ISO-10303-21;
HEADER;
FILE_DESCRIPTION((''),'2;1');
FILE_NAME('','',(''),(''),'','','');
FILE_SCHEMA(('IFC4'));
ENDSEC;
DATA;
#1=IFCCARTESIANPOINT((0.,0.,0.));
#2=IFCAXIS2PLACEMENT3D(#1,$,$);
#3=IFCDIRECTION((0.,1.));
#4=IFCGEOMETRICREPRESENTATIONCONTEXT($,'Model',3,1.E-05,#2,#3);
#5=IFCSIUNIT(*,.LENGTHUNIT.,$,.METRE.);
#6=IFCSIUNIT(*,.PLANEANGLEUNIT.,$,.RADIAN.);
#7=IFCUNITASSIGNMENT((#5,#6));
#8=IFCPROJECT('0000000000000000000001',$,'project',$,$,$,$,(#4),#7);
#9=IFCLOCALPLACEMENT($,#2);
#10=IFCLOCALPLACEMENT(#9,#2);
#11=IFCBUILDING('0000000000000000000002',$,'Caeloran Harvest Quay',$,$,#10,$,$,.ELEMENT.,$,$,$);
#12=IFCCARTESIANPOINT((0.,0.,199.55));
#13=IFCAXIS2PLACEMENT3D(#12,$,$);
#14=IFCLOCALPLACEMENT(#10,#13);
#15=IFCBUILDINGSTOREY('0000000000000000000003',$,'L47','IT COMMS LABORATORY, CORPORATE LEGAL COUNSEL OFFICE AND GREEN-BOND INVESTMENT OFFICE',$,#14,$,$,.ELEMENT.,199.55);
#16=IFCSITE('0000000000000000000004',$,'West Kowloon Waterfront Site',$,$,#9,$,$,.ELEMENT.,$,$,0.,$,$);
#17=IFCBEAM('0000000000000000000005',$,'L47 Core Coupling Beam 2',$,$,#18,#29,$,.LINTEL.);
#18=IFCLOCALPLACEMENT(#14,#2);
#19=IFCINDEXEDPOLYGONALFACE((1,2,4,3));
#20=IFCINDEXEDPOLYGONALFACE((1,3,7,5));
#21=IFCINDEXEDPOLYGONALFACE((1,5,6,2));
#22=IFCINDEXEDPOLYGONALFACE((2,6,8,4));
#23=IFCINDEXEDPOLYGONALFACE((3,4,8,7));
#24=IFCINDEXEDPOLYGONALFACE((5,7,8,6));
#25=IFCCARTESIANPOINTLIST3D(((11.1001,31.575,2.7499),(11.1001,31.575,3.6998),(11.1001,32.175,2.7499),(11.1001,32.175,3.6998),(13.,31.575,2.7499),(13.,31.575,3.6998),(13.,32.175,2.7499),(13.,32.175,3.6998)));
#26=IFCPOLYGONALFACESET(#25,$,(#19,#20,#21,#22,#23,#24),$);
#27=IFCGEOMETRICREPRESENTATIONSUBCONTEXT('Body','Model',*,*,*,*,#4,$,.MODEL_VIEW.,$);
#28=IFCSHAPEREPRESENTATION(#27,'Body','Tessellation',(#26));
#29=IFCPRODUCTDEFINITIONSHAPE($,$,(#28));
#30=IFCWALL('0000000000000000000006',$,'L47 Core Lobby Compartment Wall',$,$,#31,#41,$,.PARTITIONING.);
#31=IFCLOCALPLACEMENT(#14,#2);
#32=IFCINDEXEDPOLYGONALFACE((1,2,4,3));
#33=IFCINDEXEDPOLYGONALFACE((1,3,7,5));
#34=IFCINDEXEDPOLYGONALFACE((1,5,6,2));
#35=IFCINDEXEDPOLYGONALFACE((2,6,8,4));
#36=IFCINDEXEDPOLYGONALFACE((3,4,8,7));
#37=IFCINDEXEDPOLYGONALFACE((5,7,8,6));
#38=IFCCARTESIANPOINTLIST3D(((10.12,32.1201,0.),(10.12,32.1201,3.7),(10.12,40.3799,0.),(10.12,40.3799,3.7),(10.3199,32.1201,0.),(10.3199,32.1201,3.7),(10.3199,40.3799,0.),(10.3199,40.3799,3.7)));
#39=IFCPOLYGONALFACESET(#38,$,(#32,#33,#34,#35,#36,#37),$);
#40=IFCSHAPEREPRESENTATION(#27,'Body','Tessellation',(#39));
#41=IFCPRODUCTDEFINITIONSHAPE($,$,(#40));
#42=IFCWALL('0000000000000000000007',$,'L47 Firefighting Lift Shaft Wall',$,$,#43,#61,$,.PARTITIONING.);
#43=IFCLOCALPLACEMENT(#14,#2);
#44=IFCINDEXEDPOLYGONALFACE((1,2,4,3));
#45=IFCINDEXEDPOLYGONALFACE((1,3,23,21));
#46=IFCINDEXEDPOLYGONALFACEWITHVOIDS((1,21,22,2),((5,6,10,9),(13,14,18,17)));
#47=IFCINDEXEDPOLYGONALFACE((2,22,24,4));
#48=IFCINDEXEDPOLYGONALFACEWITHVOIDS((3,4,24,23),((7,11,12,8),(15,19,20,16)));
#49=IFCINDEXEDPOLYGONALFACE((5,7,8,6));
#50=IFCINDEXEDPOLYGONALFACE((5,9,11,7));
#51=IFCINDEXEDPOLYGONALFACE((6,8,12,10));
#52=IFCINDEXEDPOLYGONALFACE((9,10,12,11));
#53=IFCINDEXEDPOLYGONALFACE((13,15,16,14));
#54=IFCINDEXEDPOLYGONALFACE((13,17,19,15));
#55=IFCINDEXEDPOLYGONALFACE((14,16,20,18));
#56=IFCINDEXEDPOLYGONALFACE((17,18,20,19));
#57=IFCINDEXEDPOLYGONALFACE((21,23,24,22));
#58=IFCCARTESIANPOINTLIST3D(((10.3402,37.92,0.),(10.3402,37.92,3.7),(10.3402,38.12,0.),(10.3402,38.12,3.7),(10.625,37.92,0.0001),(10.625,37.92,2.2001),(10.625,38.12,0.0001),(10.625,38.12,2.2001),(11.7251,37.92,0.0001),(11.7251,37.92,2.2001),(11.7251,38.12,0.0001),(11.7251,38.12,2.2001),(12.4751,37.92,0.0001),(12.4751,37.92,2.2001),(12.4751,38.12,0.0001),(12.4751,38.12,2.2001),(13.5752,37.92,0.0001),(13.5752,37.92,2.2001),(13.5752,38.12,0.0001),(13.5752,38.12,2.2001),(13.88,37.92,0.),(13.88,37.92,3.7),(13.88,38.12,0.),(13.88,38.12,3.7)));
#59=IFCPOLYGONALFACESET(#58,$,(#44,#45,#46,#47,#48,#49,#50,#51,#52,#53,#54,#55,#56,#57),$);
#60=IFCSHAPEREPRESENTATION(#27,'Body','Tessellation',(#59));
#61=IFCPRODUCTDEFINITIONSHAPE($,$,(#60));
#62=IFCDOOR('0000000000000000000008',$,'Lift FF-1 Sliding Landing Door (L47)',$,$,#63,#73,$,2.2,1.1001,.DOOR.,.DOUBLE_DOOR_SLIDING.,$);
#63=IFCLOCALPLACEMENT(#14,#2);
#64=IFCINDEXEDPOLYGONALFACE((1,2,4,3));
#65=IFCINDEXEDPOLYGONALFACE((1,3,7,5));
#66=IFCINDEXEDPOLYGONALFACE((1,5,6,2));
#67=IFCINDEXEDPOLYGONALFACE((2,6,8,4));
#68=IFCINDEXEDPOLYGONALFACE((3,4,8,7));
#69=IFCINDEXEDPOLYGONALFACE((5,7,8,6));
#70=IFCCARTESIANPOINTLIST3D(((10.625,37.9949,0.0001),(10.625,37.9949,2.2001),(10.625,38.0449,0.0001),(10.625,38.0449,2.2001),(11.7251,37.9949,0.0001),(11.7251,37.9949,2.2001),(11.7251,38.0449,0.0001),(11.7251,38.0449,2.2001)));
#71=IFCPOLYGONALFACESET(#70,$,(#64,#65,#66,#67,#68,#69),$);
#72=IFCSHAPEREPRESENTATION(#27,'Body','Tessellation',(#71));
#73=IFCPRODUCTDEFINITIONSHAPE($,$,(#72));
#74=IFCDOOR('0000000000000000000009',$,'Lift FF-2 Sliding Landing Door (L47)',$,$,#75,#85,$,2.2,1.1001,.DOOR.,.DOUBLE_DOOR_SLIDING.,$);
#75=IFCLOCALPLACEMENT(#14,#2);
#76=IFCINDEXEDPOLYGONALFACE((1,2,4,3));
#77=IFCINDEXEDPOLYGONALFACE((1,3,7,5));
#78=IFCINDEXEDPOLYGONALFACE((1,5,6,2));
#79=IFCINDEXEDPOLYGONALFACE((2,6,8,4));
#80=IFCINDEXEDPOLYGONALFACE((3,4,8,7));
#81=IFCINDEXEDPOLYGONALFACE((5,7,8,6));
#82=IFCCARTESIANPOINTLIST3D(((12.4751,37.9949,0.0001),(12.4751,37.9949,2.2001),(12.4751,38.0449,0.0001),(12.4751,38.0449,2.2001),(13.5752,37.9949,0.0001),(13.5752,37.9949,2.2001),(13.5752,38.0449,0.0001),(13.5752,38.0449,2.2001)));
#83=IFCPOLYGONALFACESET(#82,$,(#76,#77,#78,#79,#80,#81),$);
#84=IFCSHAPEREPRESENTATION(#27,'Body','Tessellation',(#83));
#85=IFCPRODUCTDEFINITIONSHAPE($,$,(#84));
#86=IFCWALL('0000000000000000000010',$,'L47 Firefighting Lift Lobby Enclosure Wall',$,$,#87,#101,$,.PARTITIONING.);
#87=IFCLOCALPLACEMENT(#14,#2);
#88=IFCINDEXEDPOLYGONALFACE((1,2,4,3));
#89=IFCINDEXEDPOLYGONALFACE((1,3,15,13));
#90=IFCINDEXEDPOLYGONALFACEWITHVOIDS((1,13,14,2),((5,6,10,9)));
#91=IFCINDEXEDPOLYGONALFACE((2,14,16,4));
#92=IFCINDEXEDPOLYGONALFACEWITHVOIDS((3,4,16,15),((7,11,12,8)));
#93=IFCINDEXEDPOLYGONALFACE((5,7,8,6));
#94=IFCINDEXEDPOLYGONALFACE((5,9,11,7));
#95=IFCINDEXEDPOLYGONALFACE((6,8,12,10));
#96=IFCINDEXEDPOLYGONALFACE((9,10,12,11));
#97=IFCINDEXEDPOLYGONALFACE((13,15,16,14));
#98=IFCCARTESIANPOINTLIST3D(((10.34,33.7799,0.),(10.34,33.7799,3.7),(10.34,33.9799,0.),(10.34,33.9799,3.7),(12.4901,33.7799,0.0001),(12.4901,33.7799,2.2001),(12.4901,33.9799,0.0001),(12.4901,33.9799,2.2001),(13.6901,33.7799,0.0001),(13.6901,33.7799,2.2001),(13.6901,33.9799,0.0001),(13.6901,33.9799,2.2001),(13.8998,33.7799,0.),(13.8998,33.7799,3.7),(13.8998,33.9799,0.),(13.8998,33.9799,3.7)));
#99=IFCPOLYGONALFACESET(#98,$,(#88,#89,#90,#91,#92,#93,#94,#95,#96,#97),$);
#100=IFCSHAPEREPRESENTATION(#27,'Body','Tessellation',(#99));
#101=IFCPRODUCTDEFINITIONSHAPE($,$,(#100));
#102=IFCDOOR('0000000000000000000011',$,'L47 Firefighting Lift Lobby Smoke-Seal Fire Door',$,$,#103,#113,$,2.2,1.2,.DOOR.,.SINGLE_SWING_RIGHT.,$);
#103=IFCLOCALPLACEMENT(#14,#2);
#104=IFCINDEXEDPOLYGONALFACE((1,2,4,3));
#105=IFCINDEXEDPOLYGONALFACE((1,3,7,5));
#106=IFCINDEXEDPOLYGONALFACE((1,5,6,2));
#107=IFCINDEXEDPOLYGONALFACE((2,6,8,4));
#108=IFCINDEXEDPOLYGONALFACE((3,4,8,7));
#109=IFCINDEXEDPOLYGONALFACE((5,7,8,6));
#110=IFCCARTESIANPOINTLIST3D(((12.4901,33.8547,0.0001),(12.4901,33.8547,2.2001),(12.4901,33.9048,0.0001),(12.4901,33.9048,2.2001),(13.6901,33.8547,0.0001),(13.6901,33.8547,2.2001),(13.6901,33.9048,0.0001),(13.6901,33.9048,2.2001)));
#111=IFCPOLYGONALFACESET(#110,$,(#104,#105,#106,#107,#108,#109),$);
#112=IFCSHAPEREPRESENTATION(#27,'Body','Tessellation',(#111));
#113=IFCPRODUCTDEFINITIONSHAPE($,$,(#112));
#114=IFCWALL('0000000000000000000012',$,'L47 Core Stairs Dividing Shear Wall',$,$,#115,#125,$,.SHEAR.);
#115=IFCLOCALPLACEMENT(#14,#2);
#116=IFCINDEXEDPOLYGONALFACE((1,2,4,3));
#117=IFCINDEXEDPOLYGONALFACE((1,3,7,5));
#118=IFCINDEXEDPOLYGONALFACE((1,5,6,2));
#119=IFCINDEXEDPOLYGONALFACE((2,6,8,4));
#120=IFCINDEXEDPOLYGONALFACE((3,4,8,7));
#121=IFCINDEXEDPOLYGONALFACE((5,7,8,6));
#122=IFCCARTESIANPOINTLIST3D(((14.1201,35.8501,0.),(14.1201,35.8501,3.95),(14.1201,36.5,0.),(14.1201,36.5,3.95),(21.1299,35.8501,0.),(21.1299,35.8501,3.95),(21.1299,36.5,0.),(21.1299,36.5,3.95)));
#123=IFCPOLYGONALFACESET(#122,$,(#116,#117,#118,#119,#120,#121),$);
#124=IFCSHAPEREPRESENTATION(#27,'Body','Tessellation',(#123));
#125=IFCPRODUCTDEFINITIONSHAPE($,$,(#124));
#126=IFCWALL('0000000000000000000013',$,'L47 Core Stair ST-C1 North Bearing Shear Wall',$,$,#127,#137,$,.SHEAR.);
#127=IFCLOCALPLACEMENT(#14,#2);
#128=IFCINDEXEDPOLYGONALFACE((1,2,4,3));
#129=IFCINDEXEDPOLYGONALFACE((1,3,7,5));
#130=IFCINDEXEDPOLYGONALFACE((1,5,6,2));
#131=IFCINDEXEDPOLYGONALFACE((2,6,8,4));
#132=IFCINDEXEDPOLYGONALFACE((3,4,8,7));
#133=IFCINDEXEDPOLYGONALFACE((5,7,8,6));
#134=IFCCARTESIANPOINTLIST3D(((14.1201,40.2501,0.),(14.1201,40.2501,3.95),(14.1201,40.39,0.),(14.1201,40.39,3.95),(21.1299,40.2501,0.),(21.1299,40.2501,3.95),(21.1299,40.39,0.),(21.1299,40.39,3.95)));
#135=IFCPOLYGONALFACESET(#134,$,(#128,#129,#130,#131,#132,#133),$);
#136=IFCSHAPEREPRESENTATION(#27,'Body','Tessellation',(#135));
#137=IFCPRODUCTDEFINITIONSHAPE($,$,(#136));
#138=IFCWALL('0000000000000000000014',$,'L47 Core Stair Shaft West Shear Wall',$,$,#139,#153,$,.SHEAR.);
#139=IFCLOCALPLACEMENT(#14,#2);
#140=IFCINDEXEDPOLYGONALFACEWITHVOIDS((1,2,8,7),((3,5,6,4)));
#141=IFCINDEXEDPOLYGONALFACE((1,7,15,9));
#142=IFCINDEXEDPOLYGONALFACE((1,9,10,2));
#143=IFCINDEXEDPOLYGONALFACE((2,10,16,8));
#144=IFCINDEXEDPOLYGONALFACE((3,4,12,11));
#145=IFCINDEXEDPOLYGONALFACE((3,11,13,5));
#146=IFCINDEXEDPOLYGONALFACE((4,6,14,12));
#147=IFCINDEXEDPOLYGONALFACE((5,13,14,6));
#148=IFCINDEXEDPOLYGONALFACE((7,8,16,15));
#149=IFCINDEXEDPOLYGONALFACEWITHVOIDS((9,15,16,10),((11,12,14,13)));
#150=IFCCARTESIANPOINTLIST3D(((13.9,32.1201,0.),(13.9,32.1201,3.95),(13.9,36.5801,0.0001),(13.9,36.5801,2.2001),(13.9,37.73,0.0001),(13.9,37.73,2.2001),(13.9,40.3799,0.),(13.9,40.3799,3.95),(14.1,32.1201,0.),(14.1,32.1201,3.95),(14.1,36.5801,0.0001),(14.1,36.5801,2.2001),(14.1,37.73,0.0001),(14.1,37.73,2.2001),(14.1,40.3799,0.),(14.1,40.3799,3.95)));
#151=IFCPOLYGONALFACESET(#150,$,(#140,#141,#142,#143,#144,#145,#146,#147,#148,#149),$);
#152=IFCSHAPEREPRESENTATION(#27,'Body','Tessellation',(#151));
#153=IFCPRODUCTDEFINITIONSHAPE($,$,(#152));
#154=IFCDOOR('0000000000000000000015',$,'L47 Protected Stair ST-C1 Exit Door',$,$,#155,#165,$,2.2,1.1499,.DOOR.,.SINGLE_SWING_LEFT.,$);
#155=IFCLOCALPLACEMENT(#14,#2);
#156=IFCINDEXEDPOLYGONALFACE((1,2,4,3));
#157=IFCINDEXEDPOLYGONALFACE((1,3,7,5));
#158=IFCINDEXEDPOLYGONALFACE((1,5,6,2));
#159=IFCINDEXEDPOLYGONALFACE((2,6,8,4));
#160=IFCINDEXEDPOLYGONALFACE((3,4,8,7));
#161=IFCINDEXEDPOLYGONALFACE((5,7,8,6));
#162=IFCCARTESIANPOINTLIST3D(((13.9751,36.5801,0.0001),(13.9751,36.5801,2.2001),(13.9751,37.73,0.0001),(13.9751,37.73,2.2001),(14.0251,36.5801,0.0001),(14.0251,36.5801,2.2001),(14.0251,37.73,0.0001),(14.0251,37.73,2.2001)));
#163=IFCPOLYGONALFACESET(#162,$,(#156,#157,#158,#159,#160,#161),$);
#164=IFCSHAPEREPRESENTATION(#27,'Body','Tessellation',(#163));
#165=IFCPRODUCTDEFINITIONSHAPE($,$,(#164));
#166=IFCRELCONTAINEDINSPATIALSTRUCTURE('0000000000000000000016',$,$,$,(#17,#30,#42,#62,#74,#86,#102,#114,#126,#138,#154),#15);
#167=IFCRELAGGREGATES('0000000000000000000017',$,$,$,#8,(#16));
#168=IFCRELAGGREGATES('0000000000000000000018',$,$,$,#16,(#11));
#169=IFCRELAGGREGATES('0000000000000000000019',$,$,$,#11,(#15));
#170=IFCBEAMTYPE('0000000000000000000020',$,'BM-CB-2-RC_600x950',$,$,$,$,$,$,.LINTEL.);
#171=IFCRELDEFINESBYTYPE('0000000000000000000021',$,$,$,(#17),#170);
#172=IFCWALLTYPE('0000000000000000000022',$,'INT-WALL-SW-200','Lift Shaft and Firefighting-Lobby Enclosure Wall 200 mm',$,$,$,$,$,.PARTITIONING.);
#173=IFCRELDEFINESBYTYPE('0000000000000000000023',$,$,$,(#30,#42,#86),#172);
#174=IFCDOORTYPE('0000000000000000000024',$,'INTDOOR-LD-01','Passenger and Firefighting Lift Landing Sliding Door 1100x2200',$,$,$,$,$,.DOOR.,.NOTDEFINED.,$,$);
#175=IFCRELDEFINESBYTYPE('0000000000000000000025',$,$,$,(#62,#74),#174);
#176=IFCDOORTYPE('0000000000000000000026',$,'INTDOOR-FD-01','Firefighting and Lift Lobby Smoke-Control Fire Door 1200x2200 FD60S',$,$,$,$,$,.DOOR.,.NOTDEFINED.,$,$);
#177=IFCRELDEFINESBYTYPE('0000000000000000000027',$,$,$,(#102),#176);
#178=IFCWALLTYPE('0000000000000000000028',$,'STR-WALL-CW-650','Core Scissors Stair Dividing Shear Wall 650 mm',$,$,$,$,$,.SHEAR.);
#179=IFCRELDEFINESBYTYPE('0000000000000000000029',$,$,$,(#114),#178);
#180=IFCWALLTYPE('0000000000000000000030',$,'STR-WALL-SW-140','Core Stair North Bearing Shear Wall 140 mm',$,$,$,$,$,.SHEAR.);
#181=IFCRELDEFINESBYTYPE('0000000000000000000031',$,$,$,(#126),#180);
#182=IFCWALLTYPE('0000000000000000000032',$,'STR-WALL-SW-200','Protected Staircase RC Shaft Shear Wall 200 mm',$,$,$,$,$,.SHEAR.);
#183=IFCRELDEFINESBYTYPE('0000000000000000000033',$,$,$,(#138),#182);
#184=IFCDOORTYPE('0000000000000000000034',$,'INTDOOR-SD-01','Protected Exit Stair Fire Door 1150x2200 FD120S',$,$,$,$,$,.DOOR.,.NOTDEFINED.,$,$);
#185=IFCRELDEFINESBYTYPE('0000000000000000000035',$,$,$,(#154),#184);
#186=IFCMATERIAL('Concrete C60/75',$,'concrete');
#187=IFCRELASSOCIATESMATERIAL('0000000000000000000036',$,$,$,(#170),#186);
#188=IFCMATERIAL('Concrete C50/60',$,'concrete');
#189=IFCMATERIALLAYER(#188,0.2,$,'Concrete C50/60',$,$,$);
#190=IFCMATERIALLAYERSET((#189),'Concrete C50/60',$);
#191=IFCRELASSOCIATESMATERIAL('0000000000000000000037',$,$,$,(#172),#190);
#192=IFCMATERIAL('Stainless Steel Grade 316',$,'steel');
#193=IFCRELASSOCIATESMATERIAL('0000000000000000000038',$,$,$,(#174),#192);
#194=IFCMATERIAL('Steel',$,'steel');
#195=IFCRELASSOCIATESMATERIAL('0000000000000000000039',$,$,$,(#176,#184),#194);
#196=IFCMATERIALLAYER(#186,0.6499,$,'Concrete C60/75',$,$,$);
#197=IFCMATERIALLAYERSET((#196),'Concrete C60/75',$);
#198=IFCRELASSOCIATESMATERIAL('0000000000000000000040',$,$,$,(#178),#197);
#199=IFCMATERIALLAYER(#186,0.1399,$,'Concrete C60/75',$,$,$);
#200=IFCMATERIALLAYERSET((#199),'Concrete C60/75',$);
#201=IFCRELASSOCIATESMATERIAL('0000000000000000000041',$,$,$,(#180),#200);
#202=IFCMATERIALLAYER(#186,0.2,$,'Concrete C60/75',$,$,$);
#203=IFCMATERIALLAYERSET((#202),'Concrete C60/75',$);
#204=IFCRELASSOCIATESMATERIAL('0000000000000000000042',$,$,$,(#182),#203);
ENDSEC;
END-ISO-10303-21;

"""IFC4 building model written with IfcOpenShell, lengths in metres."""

from ifc_helpers import new_model, si_unit, direction, frame, frame_2d, origin, origin_2d, place, context, subcontext, project, spatial, rectangle, extrude, material, layer, layer_set, material_profile, profile_set, type_object, element, fill, save


model = new_model("IFC4")

# Units and contexts
model_context = context("Model", 3, precision=1e-05, world=origin(), true_north=direction((0.0, 1.0)))
body_context = subcontext(model_context, "Body", "Model", "MODEL_VIEW")
ifc_project = project(units=[si_unit("LENGTHUNIT", "METRE"), si_unit("PLANEANGLEUNIT", "RADIAN")], contexts=[model_context])

# Site, building, storey
site_placement = place(None, origin())
site = spatial("IfcSite", under=ifc_project, at=site_placement, Name="West Kowloon Waterfront Site", CompositionType="ELEMENT", RefElevation=0.0)
building_placement = place(site_placement, origin())
building = spatial("IfcBuilding", under=site, at=building_placement, Name="Caeloran Harvest Quay", CompositionType="ELEMENT")
storey_placement = place(building_placement, frame((0.0, 0.0, 199.55)))
storey = spatial("IfcBuildingStorey", under=building, at=storey_placement, Name="L47", Description="IT COMMS LABORATORY, CORPORATE LEGAL COUNSEL OFFICE AND GREEN-BOND INVESTMENT OFFICE", CompositionType="ELEMENT", Elevation=199.55)

# Beam
ifc_material_1 = material(Name="Concrete C60/75", Category="concrete")
ifc_material_profile = material_profile(ifc_material_1, rectangle(XDim=0.6001, YDim=0.95, at=origin_2d()), Name="RC 600x950")
ifc_profile_set = profile_set([ifc_material_profile], Name="Concrete C60/75")
beam_type = type_object("IfcBeamType", Name="BM-CB-2-RC_600x950", PredefinedType="LINTEL", material=ifc_profile_set)
beam_placement = place(storey_placement, frame((11.1001, 31.875, 3.2249), z_axis=(1.0, 0.0, 0.0), x_axis=(0.0, 1.0, 0.0)))
element("IfcBeam", 1, at=beam_placement, inside=storey, type_object=beam_type, Name="L47 Core Coupling Beam 2", PredefinedType="LINTEL", context=body_context, shape_type="SweptSolid", body=[
    extrude(rectangle(XDim=0.6001, YDim=0.95, at=origin_2d()), origin(), (0.0, 0.0, 1.0), 1.8999),
])

# Wall
ifc_material_2 = material(Name="Concrete C50/60", Category="concrete")
ifc_layer_1 = layer(ifc_material_2, 0.2, Name="Concrete C50/60")
ifc_layer_set_1 = layer_set([ifc_layer_1], Name="Concrete C50/60")
wall_type_1 = type_object("IfcWallType", Name="INT-WALL-SW-200", Description="Lift Shaft and Firefighting-Lobby Enclosure Wall 200 mm", PredefinedType="PARTITIONING", material=ifc_layer_set_1)
wall_1_placement = place(storey_placement, frame((10.22, 32.1201, 0.0), z_axis=(0.0, 0.0, 1.0), x_axis=(0.0, 1.0, 0.0)))
element("IfcWall", 2, at=wall_1_placement, inside=storey, type_object=wall_type_1, Name="L47 Core Lobby Compartment Wall", PredefinedType="PARTITIONING", context=body_context, shape_type="SweptSolid", body=[
    extrude(rectangle(XDim=8.2598, YDim=0.2, at=frame_2d((4.1299, 0.0))), origin(), (0.0, 0.0, 1.0), 3.7),
])

# Wall, openings, doors
wall_2_placement = place(storey_placement, frame((10.3401, 38.02, 0.0), z_axis=(0.0, 0.0, 1.0), x_axis=(1.0, 0.0, 0.0)))
wall_2 = element("IfcWall", 3, at=wall_2_placement, inside=storey, type_object=wall_type_1, Name="L47 Firefighting Lift Shaft Wall", PredefinedType="PARTITIONING", context=body_context, shape_type="SweptSolid", body=[
    extrude(rectangle(XDim=3.5398, YDim=0.2, at=frame_2d((1.77, 0.0))), origin(), (0.0, 0.0, 1.0), 3.7),
])
opening_1_placement = place(wall_2_placement, frame((0.2849, 0.0, 0.0)))
opening_1 = element("IfcOpeningElement", 4, at=opening_1_placement, cuts=wall_2, PredefinedType="OPENING", context=body_context, shape_type="SweptSolid", body=[
    extrude(rectangle(XDim=1.1001, YDim=2.2, at=frame_2d((0.55, 1.1001))), frame((0.0, 0.1099, 0.0), z_axis=(0.0, -1.0, 0.0), x_axis=(1.0, 0.0, 0.0)), (0.0, 0.0, 1.0), 0.22),
])
opening_2_placement = place(wall_2_placement, frame((2.135, 0.0, 0.0)))
opening_2 = element("IfcOpeningElement", 5, at=opening_2_placement, cuts=wall_2, PredefinedType="OPENING", context=body_context, shape_type="SweptSolid", body=[
    extrude(rectangle(XDim=1.1001, YDim=2.2, at=frame_2d((0.55, 1.1001))), frame((0.0, 0.1099, 0.0), z_axis=(0.0, -1.0, 0.0), x_axis=(1.0, 0.0, 0.0)), (0.0, 0.0, 1.0), 0.22),
])
ifc_material_3 = material(Name="Stainless Steel Grade 316", Category="steel")
door_type_1 = type_object("IfcDoorType", Name="INTDOOR-LD-01", Description="Passenger and Firefighting Lift Landing Sliding Door 1100x2200", OperationType="NOTDEFINED", PredefinedType="DOOR", material=ifc_material_3)
door_1_placement = place(opening_1_placement, origin())
door_1 = element("IfcDoor", 6, at=door_1_placement, inside=storey, type_object=door_type_1, Name="Lift FF-1 Sliding Landing Door (L47)", OperationType="DOUBLE_DOOR_SLIDING", OverallHeight=2.2, OverallWidth=1.1001, PredefinedType="DOOR", context=body_context, shape_type="SweptSolid", body=[
    extrude(rectangle(XDim=1.1001, YDim=2.2, at=frame_2d((0.55, 1.1001))), frame((0.0, 0.0249, 0.0), z_axis=(0.0, -1.0, 0.0), x_axis=(1.0, 0.0, 0.0)), (0.0, 0.0, 1.0), 0.05),
])
fill(opening_1, door_1)
door_2_placement = place(opening_2_placement, origin())
door_2 = element("IfcDoor", 7, at=door_2_placement, inside=storey, type_object=door_type_1, Name="Lift FF-2 Sliding Landing Door (L47)", OperationType="DOUBLE_DOOR_SLIDING", OverallHeight=2.2, OverallWidth=1.1001, PredefinedType="DOOR", context=body_context, shape_type="SweptSolid", body=[
    extrude(rectangle(XDim=1.1001, YDim=2.2, at=frame_2d((0.55, 1.1001))), frame((0.0, 0.0249, 0.0), z_axis=(0.0, -1.0, 0.0), x_axis=(1.0, 0.0, 0.0)), (0.0, 0.0, 1.0), 0.05),
])
fill(opening_2, door_2)

# Wall, opening, door
wall_3_placement = place(storey_placement, frame((10.3401, 33.8799, 0.0), z_axis=(0.0, 0.0, 1.0), x_axis=(1.0, 0.0, 0.0)))
wall_3 = element("IfcWall", 8, at=wall_3_placement, inside=storey, type_object=wall_type_1, Name="L47 Firefighting Lift Lobby Enclosure Wall", PredefinedType="PARTITIONING", context=body_context, shape_type="SweptSolid", body=[
    extrude(rectangle(XDim=3.5598, YDim=0.2, at=frame_2d((1.7798, 0.0))), origin(), (0.0, 0.0, 1.0), 3.7),
])
opening_3_placement = place(wall_3_placement, frame((2.1499, 0.0, 0.0)))
opening_3 = element("IfcOpeningElement", 9, at=opening_3_placement, cuts=wall_3, PredefinedType="OPENING", context=body_context, shape_type="SweptSolid", body=[
    extrude(rectangle(XDim=1.2, YDim=2.2, at=frame_2d((0.6001, 1.1001))), frame((0.0, 0.1099, 0.0), z_axis=(0.0, -1.0, 0.0), x_axis=(1.0, 0.0, 0.0)), (0.0, 0.0, 1.0), 0.22),
])
ifc_material_4 = material(Name="Steel", Category="steel")
door_type_2 = type_object("IfcDoorType", Name="INTDOOR-FD-01", Description="Firefighting and Lift Lobby Smoke-Control Fire Door 1200x2200 FD60S", OperationType="NOTDEFINED", PredefinedType="DOOR", material=ifc_material_4)
door_3_placement = place(opening_3_placement, origin())
door_3 = element("IfcDoor", 10, at=door_3_placement, inside=storey, type_object=door_type_2, Name="L47 Firefighting Lift Lobby Smoke-Seal Fire Door", OperationType="SINGLE_SWING_RIGHT", OverallHeight=2.2, OverallWidth=1.2, PredefinedType="DOOR", context=body_context, shape_type="SweptSolid", body=[
    extrude(rectangle(XDim=1.2, YDim=2.2, at=frame_2d((0.6001, 1.1001))), frame((0.0, 0.0249, 0.0), z_axis=(0.0, -1.0, 0.0), x_axis=(1.0, 0.0, 0.0)), (0.0, 0.0, 1.0), 0.05),
])
fill(opening_3, door_3)

# Walls
ifc_layer_2 = layer(ifc_material_1, 0.6499, Name="Concrete C60/75")
ifc_layer_set_2 = layer_set([ifc_layer_2], Name="Concrete C60/75")
wall_type_2 = type_object("IfcWallType", Name="STR-WALL-CW-650", Description="Core Scissors Stair Dividing Shear Wall 650 mm", PredefinedType="SHEAR", material=ifc_layer_set_2)
wall_4_placement = place(storey_placement, frame((14.1201, 36.175, 0.0), z_axis=(0.0, 0.0, 1.0), x_axis=(1.0, 0.0, 0.0)))
element("IfcWall", 11, at=wall_4_placement, inside=storey, type_object=wall_type_2, Name="L47 Core Stairs Dividing Shear Wall", PredefinedType="SHEAR", context=body_context, shape_type="SweptSolid", body=[
    extrude(rectangle(XDim=7.0098, YDim=0.6499, at=frame_2d((3.5049, 0.0))), origin(), (0.0, 0.0, 1.0), 3.95),
])
ifc_layer_3 = layer(ifc_material_1, 0.1399, Name="Concrete C60/75")
ifc_layer_set_3 = layer_set([ifc_layer_3], Name="Concrete C60/75")
wall_type_3 = type_object("IfcWallType", Name="STR-WALL-SW-140", Description="Core Stair North Bearing Shear Wall 140 mm", PredefinedType="SHEAR", material=ifc_layer_set_3)
wall_5_placement = place(storey_placement, frame((14.1201, 40.3201, 0.0), z_axis=(0.0, 0.0, 1.0), x_axis=(1.0, 0.0, 0.0)))
element("IfcWall", 12, at=wall_5_placement, inside=storey, type_object=wall_type_3, Name="L47 Core Stair ST-C1 North Bearing Shear Wall", PredefinedType="SHEAR", context=body_context, shape_type="SweptSolid", body=[
    extrude(rectangle(XDim=7.0098, YDim=0.1399, at=frame_2d((3.5049, 0.0))), origin(), (0.0, 0.0, 1.0), 3.95),
])

# Wall, opening, door
ifc_layer_4 = layer(ifc_material_1, 0.2, Name="Concrete C60/75")
ifc_layer_set_4 = layer_set([ifc_layer_4], Name="Concrete C60/75")
wall_type_4 = type_object("IfcWallType", Name="STR-WALL-SW-200", Description="Protected Staircase RC Shaft Shear Wall 200 mm", PredefinedType="SHEAR", material=ifc_layer_set_4)
wall_6_placement = place(storey_placement, frame((14.0, 32.1201, 0.0), z_axis=(0.0, 0.0, 1.0), x_axis=(0.0, 1.0, 0.0)))
wall_6 = element("IfcWall", 13, at=wall_6_placement, inside=storey, type_object=wall_type_4, Name="L47 Core Stair Shaft West Shear Wall", PredefinedType="SHEAR", context=body_context, shape_type="SweptSolid", body=[
    extrude(rectangle(XDim=8.2598, YDim=0.2, at=frame_2d((4.1299, 0.0))), origin(), (0.0, 0.0, 1.0), 3.95),
])
opening_4_placement = place(wall_6_placement, frame((4.46, 0.0, 0.0)))
opening_4 = element("IfcOpeningElement", 14, at=opening_4_placement, cuts=wall_6, PredefinedType="OPENING", context=body_context, shape_type="SweptSolid", body=[
    extrude(rectangle(XDim=1.1499, YDim=2.2, at=frame_2d((0.575, 1.1001))), frame((0.0, 0.1099, 0.0), z_axis=(0.0, -1.0, 0.0), x_axis=(1.0, 0.0, 0.0)), (0.0, 0.0, 1.0), 0.22),
])
door_type_3 = type_object("IfcDoorType", Name="INTDOOR-SD-01", Description="Protected Exit Stair Fire Door 1150x2200 FD120S", OperationType="NOTDEFINED", PredefinedType="DOOR", material=ifc_material_4)
door_4_placement = place(opening_4_placement, origin())
door_4 = element("IfcDoor", 15, at=door_4_placement, inside=storey, type_object=door_type_3, Name="L47 Protected Stair ST-C1 Exit Door", OperationType="SINGLE_SWING_LEFT", OverallHeight=2.2, OverallWidth=1.1499, PredefinedType="DOOR", context=body_context, shape_type="SweptSolid", body=[
    extrude(rectangle(XDim=1.1499, YDim=2.2, at=frame_2d((0.575, 1.1001))), frame((0.0, 0.0249, 0.0), z_axis=(0.0, -1.0, 0.0), x_axis=(1.0, 0.0, 0.0)), (0.0, 0.0, 1.0), 0.05),
])
fill(opening_4, door_4)

save(model, "model.ifc")
